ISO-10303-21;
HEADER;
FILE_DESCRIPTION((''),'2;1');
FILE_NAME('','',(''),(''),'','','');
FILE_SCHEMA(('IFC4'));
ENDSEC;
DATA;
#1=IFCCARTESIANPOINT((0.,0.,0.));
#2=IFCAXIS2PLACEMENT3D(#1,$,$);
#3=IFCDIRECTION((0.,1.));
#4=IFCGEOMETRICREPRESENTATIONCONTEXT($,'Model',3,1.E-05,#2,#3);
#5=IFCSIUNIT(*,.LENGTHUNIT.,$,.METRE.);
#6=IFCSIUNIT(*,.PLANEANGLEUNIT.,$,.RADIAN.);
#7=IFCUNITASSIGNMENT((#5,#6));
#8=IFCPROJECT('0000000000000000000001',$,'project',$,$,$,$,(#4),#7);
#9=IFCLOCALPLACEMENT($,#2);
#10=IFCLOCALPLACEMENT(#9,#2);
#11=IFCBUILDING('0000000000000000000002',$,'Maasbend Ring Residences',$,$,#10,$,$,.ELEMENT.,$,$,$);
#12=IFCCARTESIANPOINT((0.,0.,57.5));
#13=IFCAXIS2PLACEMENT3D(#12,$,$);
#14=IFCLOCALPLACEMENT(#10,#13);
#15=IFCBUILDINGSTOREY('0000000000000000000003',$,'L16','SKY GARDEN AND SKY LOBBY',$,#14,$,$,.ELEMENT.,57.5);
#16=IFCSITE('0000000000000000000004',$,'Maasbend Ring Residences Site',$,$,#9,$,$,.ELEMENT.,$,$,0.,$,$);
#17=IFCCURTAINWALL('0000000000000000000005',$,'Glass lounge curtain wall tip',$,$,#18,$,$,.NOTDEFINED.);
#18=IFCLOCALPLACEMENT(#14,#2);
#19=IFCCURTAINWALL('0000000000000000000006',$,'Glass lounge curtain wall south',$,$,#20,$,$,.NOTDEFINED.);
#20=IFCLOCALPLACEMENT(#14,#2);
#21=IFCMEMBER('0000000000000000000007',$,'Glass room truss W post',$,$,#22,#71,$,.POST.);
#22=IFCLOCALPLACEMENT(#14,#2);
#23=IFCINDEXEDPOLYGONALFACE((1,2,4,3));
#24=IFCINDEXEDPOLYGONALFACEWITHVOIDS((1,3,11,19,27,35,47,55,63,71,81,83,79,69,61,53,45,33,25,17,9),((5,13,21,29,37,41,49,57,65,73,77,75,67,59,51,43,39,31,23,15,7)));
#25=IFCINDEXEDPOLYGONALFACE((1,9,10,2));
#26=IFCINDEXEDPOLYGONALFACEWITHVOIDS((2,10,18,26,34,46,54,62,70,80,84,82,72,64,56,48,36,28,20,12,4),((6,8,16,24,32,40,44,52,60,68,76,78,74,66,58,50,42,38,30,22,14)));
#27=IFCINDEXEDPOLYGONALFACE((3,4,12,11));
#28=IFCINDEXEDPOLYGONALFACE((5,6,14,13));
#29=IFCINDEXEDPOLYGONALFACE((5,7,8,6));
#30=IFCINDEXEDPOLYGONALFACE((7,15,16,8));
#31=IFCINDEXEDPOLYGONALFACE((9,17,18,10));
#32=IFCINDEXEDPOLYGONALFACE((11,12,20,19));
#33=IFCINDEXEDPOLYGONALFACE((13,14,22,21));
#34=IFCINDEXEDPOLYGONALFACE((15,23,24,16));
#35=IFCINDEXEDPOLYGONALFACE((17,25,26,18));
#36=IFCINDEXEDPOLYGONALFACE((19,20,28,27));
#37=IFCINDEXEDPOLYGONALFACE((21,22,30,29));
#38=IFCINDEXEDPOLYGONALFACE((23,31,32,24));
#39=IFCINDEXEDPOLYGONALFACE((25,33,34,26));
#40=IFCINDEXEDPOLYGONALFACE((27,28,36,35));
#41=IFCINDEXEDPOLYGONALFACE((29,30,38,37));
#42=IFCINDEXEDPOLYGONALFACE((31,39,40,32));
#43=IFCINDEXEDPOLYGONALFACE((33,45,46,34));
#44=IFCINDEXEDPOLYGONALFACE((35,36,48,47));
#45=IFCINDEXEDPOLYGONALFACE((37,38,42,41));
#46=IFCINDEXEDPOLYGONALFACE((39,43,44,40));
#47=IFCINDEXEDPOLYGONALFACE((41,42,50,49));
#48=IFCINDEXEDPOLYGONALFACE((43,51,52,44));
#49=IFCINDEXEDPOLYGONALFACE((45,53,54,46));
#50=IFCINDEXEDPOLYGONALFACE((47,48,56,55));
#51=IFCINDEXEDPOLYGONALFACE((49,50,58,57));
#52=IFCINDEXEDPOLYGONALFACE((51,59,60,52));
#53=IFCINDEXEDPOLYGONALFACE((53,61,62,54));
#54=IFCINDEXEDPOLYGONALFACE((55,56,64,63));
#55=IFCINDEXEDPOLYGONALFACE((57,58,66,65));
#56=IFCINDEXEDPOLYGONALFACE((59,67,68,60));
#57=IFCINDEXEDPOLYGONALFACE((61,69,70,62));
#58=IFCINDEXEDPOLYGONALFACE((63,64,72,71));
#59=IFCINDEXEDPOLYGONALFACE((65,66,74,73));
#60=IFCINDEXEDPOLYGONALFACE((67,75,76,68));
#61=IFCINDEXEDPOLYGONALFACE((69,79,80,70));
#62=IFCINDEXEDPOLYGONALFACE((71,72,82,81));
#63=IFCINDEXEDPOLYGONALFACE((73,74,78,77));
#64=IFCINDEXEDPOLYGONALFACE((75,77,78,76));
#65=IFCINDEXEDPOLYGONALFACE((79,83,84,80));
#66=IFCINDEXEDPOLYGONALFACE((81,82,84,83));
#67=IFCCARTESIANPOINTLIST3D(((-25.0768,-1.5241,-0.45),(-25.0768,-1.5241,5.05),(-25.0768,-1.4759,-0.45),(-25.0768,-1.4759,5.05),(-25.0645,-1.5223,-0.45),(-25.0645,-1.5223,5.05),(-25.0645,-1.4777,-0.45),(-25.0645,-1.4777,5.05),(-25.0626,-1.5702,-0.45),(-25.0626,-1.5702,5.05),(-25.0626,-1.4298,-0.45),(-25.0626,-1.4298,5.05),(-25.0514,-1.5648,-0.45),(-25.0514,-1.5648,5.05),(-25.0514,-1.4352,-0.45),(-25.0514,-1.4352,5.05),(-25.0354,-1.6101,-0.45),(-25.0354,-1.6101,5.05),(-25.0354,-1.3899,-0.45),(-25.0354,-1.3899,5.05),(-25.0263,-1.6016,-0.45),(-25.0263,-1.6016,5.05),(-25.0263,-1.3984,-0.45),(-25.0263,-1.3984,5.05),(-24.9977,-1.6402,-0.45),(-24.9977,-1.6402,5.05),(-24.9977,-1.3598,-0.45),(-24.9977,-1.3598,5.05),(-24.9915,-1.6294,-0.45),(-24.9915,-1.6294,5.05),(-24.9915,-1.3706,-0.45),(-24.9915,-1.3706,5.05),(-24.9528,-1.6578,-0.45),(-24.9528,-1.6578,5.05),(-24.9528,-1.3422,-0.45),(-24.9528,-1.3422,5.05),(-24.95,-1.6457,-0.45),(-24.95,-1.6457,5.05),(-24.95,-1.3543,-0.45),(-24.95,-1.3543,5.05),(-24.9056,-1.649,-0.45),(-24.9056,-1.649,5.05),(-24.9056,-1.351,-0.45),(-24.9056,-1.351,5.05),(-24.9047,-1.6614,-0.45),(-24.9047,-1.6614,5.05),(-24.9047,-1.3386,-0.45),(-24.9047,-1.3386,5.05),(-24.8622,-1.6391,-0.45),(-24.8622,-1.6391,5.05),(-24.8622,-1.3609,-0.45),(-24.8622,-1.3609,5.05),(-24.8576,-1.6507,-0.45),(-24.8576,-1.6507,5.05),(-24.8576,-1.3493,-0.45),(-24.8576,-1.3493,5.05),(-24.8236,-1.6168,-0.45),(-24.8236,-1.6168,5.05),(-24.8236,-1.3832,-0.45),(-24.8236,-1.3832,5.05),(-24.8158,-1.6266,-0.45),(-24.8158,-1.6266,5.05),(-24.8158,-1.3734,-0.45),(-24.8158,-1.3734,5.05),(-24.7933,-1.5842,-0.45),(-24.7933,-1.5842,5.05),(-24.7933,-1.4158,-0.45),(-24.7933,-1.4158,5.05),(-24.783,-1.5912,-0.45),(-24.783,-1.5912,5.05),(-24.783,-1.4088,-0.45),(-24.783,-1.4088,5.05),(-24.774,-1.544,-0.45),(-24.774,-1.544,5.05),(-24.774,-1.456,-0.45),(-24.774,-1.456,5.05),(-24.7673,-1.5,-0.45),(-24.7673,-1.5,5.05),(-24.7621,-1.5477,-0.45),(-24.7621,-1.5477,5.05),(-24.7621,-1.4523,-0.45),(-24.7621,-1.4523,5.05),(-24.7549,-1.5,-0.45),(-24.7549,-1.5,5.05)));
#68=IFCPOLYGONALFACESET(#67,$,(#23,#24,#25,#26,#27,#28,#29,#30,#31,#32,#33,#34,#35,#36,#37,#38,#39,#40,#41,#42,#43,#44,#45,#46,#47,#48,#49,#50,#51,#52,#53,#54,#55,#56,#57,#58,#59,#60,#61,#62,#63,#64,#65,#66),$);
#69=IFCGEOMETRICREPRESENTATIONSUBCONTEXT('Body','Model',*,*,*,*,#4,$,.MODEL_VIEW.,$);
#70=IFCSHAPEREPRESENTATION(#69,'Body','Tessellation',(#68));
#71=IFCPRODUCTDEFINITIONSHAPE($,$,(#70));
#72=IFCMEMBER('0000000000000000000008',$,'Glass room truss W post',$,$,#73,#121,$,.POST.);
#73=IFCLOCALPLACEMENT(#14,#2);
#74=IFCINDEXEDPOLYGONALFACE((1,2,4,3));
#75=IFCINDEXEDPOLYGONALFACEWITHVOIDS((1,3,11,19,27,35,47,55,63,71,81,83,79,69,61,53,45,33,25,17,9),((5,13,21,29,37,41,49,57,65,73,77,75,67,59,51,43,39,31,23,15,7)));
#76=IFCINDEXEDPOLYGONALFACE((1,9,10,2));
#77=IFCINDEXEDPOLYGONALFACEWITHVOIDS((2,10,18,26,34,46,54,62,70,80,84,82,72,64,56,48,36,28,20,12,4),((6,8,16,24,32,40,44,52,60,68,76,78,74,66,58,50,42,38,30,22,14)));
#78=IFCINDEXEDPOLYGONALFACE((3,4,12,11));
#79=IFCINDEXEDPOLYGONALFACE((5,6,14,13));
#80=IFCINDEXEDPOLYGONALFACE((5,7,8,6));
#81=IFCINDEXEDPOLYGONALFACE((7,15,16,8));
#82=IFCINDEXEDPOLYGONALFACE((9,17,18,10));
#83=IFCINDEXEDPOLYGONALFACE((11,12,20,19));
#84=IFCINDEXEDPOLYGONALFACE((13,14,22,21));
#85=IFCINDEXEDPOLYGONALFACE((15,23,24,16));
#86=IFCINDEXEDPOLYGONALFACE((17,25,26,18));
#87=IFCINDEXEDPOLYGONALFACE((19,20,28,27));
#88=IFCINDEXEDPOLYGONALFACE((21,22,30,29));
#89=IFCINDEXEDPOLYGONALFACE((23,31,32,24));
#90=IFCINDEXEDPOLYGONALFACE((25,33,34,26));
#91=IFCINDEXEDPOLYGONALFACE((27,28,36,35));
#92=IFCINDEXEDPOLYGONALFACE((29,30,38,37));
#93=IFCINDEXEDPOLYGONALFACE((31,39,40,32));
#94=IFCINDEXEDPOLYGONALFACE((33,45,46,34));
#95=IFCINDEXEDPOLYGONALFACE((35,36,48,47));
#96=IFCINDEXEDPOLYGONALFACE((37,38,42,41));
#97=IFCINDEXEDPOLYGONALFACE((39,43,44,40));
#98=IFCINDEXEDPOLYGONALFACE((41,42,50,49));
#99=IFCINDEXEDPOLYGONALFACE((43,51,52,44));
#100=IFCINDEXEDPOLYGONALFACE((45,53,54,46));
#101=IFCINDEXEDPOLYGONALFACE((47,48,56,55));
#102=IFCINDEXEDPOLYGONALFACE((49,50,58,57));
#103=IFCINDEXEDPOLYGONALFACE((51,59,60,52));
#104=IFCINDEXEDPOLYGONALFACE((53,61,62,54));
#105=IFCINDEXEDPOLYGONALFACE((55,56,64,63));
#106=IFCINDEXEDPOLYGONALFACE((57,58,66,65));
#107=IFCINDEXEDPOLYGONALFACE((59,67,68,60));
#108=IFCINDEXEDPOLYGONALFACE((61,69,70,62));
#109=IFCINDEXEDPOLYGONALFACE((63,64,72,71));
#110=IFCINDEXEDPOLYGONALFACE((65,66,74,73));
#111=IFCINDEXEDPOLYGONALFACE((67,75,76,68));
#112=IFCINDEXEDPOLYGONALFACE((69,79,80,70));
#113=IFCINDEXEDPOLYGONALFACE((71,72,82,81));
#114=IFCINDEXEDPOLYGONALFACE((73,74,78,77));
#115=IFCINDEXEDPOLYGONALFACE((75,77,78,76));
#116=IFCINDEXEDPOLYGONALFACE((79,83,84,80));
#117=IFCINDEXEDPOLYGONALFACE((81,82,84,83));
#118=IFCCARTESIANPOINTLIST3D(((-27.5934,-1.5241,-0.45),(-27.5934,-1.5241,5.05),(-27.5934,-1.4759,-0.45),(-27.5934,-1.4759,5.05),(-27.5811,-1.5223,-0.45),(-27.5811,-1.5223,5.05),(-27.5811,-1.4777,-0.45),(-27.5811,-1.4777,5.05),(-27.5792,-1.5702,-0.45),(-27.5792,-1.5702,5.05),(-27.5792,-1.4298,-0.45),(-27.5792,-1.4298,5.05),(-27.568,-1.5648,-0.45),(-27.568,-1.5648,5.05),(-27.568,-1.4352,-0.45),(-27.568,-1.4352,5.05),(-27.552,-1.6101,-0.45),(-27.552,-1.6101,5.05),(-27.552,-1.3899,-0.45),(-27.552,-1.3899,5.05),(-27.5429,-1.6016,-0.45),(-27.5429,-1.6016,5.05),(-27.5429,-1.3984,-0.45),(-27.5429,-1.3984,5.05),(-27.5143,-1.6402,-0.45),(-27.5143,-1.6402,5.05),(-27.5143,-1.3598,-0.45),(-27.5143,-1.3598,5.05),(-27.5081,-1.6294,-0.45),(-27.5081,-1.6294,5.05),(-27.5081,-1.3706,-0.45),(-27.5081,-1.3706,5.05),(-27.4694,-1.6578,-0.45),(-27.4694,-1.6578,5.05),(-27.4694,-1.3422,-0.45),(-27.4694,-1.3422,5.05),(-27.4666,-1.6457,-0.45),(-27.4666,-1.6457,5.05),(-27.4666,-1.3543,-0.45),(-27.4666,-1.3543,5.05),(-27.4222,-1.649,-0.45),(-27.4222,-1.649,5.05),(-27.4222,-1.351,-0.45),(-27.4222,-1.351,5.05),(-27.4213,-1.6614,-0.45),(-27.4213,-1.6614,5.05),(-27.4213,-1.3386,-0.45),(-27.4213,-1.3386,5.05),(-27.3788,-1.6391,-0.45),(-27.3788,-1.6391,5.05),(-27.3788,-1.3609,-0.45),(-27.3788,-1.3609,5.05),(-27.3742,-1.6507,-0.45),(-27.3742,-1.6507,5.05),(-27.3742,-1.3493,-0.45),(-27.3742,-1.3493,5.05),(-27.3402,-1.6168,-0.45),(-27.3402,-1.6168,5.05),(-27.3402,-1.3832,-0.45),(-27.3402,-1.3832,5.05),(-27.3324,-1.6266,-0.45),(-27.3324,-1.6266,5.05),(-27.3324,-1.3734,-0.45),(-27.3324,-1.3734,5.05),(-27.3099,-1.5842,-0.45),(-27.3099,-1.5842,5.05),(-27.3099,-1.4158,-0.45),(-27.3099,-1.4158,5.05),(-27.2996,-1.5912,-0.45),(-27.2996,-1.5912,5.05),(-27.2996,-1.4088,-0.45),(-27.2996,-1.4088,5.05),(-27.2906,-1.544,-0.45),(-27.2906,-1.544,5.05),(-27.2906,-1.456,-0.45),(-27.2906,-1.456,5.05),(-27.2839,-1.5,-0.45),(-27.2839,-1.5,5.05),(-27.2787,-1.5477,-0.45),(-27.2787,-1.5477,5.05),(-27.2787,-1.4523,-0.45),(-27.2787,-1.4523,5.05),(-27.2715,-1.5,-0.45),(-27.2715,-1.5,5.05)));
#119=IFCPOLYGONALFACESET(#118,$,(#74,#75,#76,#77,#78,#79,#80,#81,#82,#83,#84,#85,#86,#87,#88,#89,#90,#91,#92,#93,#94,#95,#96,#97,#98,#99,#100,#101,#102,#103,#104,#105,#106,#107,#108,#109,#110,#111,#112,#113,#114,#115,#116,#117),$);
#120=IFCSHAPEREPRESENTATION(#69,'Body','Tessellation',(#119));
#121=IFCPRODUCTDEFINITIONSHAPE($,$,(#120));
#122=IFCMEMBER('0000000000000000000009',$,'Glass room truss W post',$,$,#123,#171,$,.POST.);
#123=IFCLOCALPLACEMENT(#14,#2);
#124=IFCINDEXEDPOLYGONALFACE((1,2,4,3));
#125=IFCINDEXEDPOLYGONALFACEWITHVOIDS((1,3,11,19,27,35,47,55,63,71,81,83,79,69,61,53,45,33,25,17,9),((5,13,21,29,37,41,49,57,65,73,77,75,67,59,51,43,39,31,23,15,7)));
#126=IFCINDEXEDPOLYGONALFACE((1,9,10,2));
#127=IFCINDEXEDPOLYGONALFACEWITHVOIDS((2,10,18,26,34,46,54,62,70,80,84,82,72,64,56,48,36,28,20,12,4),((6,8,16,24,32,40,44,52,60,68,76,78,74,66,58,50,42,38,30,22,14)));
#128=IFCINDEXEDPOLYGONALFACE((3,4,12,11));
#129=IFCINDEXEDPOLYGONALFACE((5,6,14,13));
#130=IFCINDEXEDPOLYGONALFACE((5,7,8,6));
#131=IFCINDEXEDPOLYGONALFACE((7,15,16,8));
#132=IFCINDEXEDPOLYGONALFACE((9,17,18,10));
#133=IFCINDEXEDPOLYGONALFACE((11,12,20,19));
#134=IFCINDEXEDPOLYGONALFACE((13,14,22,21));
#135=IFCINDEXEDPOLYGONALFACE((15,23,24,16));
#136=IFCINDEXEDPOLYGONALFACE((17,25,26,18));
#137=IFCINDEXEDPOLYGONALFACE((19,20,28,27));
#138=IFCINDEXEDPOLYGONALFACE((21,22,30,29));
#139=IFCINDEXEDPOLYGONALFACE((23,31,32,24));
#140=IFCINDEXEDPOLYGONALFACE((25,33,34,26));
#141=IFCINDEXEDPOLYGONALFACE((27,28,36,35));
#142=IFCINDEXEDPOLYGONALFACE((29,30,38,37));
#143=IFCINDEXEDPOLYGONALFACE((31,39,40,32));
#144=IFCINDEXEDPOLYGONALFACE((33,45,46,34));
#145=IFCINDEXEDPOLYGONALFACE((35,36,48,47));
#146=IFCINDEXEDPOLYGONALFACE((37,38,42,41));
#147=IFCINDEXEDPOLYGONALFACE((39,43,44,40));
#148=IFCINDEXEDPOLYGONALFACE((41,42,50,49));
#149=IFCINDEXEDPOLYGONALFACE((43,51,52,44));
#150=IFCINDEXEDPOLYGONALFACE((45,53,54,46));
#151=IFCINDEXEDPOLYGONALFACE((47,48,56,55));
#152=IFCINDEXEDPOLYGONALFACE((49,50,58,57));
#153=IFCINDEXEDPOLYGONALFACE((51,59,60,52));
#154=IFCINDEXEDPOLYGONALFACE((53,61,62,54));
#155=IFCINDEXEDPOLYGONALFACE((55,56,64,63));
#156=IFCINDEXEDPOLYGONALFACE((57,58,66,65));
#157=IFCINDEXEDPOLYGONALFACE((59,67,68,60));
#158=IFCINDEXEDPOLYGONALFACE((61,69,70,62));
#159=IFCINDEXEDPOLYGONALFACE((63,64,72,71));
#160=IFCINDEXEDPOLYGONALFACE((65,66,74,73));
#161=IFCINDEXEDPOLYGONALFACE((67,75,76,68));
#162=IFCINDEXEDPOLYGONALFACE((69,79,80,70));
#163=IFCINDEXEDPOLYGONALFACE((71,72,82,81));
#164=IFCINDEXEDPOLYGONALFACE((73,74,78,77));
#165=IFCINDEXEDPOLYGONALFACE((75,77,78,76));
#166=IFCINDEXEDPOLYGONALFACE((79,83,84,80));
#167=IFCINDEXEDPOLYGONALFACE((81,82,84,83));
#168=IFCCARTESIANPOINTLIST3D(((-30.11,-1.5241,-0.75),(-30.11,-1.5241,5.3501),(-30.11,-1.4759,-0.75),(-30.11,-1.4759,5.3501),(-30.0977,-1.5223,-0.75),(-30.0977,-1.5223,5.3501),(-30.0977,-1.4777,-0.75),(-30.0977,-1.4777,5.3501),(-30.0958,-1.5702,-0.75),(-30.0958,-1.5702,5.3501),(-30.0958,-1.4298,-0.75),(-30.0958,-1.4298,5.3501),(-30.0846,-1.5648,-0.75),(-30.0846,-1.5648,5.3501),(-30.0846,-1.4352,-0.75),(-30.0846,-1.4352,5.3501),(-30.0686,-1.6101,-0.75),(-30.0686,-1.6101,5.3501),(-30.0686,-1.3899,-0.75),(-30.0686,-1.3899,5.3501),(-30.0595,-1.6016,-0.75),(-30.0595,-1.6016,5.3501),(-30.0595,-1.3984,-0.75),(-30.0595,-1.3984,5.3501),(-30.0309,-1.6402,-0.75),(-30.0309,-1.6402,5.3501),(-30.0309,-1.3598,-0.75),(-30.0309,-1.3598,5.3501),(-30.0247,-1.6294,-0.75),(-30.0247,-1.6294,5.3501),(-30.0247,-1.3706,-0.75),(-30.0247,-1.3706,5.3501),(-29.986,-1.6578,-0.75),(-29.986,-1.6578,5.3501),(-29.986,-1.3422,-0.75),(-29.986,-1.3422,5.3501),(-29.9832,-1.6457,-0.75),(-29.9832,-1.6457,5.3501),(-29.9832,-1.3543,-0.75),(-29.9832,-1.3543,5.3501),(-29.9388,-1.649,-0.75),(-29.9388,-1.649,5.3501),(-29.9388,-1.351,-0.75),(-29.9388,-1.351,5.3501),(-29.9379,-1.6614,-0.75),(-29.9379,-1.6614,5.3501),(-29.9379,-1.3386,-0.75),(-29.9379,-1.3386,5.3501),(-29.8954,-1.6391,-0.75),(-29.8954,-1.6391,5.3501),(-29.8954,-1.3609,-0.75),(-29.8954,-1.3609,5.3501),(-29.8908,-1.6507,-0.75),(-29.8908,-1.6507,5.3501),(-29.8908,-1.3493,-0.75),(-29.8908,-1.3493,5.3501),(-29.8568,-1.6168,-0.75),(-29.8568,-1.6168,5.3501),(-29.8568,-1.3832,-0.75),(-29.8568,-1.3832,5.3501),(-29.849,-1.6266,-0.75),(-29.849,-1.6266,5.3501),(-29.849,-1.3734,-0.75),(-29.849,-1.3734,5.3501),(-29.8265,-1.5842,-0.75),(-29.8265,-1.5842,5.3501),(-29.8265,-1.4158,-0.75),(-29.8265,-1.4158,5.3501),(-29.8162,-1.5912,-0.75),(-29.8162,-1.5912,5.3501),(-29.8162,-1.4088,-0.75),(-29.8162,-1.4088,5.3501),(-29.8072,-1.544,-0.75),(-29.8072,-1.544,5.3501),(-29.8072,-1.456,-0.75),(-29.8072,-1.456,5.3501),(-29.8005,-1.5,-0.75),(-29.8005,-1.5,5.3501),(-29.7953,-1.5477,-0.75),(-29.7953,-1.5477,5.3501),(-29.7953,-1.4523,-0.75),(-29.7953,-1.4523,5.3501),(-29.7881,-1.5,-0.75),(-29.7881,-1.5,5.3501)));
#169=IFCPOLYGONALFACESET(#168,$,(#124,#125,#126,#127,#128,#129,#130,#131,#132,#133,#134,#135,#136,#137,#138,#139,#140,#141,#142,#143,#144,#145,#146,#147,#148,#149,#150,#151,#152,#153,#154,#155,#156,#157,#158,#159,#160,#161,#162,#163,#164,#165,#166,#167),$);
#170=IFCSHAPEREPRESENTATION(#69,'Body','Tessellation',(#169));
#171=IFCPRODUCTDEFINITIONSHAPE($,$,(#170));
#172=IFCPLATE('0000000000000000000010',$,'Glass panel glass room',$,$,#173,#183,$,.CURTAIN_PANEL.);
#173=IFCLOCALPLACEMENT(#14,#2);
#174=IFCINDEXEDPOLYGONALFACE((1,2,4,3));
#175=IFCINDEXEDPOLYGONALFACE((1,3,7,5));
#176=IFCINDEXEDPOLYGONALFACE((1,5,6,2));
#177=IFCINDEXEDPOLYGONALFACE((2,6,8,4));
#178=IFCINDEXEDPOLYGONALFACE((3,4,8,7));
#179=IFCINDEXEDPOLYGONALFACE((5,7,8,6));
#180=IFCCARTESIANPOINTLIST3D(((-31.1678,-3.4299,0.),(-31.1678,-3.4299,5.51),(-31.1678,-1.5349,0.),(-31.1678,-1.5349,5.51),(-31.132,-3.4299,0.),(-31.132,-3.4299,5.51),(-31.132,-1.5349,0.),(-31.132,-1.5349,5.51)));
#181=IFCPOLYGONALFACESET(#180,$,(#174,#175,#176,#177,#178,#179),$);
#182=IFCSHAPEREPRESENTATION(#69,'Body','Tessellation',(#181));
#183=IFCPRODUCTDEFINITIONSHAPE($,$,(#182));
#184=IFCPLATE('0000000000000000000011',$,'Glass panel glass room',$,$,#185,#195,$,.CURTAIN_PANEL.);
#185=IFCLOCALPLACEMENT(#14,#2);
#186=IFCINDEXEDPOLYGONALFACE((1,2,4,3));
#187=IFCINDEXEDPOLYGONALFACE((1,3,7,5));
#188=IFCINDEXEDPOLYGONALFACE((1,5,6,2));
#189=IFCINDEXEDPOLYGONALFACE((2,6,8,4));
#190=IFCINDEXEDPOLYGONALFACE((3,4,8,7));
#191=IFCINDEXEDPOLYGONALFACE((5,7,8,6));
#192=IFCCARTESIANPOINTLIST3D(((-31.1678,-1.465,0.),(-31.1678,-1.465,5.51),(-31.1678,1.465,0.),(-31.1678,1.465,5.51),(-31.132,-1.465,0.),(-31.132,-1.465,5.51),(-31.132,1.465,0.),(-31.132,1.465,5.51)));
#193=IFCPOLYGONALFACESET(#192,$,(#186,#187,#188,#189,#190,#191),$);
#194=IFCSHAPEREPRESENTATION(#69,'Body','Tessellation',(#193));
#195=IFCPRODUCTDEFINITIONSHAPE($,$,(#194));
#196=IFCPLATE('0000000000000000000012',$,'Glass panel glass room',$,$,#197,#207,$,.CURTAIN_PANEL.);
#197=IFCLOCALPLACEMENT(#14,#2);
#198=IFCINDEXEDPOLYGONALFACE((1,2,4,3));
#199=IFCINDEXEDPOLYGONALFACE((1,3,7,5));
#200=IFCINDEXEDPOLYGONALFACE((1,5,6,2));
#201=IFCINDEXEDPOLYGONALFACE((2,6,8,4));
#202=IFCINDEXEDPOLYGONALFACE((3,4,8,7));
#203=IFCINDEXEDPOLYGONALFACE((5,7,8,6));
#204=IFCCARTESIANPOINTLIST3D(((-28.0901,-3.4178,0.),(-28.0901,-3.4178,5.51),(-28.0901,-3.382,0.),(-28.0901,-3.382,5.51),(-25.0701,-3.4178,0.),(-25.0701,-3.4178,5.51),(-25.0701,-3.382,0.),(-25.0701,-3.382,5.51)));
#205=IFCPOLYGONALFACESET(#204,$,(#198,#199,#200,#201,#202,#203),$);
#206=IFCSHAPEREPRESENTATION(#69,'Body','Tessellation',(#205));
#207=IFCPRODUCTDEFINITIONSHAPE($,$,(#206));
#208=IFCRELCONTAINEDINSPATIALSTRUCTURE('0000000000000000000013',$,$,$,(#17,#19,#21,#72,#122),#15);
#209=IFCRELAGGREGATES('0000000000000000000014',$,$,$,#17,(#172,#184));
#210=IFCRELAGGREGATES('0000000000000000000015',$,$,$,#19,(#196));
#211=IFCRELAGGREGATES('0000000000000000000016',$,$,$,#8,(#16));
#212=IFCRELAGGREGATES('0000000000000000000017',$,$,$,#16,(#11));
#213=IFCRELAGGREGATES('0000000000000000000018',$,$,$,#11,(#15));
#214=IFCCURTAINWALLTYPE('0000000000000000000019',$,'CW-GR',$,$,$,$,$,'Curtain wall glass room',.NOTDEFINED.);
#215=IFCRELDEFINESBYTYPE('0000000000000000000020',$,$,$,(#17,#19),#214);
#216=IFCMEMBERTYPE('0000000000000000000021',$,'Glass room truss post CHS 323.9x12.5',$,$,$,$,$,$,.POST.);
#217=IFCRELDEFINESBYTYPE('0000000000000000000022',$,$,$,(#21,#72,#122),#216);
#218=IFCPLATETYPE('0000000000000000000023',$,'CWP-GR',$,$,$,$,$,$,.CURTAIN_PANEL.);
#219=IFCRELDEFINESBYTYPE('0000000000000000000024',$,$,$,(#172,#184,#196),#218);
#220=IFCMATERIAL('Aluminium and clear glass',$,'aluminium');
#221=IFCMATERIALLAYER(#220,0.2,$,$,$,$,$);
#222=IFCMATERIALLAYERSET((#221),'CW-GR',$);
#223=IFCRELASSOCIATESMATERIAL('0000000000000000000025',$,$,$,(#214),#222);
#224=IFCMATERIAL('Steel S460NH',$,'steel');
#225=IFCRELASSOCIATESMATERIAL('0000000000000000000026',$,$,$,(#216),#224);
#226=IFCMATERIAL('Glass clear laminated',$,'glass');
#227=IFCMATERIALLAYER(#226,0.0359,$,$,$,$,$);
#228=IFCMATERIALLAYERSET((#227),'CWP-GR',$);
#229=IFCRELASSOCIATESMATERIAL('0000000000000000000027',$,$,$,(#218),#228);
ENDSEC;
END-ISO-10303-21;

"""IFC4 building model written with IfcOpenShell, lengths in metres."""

from ifc_helpers import new_model, si_unit, direction, frame, origin, origin_2d, place, context, subcontext, project, spatial, rectangle, hollow_circle, extrude, material, layer, layer_set, material_profile, profile_set, type_object, element, aggregate, save


model = new_model("IFC4")

# Units and contexts
model_context = context("Model", 3, precision=1e-05, world=origin(), true_north=direction((0.0, 1.0)))
body_context = subcontext(model_context, "Body", "Model", "MODEL_VIEW")
ifc_project = project(units=[si_unit("LENGTHUNIT", "METRE"), si_unit("PLANEANGLEUNIT", "RADIAN")], contexts=[model_context])

# Site, building, storey
site_placement = place(None, origin())
site = spatial("IfcSite", under=ifc_project, at=site_placement, Name="Maasbend Ring Residences Site", CompositionType="ELEMENT", RefElevation=0.0)
building_placement = place(site_placement, origin())
building = spatial("IfcBuilding", under=site, at=building_placement, Name="Maasbend Ring Residences", CompositionType="ELEMENT")
storey_placement = place(building_placement, frame((0.0, 0.0, 57.5)))
storey = spatial("IfcBuildingStorey", under=building, at=storey_placement, Name="L16", Description="SKY GARDEN AND SKY LOBBY", CompositionType="ELEMENT", Elevation=57.5)

# Curtain wall
ifc_material_1 = material(Name="Aluminium and clear glass", Category="aluminium")
ifc_layer_1 = layer(ifc_material_1, 0.2)
ifc_layer_set_1 = layer_set([ifc_layer_1], Name="CW-GR")
curtain_wall_type = type_object("IfcCurtainWallType", Name="CW-GR", ElementType="Curtain wall glass room", PredefinedType="NOTDEFINED", material=ifc_layer_set_1)
curtain_wall_1_placement = place(storey_placement, origin())
curtain_wall_1 = element("IfcCurtainWall", 1, at=curtain_wall_1_placement, inside=storey, type_object=curtain_wall_type, Name="Glass lounge curtain wall tip", PredefinedType="NOTDEFINED")

# Curtain wall
curtain_wall_2_placement = place(storey_placement, origin())
curtain_wall_2 = element("IfcCurtainWall", 2, at=curtain_wall_2_placement, inside=storey, type_object=curtain_wall_type, Name="Glass lounge curtain wall south", PredefinedType="NOTDEFINED")

# Members
ifc_material_2 = material(Name="Steel S460NH", Category="steel")
ifc_material_profile_1 = material_profile(ifc_material_2, hollow_circle(Radius=0.1619, WallThickness=0.0125, at=origin_2d()), Name="Glass room truss post CHS 323.9x12.5")
ifc_profile_set_1 = profile_set([ifc_material_profile_1], Name="Steel S460NH")
member_type_1 = type_object("IfcMemberType", Name="Glass room truss post CHS 323.9x12.5", PredefinedType="POST", material=ifc_profile_set_1)
for number, where, z_axis, x_axis, name in (
    (3, (-24.9167, -1.5, -0.45), (0.0, 0.0, 1.0), (1.0, 0.0, 0.0), "Glass room truss W post"),
    (4, (-27.4333, -1.5, -0.45), (0.0, 0.0, 1.0), (1.0, 0.0, 0.0), "Glass room truss W post"),
):
    element("IfcMember", number, at=place(storey_placement, frame(where, z_axis=z_axis, x_axis=x_axis)), inside=storey, type_object=member_type_1, Name=name, PredefinedType="POST", context=body_context, shape_type="SweptSolid", body=[
        extrude(hollow_circle(Radius=0.1619, WallThickness=0.0125, at=origin_2d()), origin(), (0.0, 0.0, 1.0), 5.5),
    ])
member_1_placement = place(storey_placement, frame((-29.95, -1.5, -0.75), z_axis=(0.0, 0.0, 1.0), x_axis=(1.0, 0.0, 0.0)))
element("IfcMember", 5, at=member_1_placement, inside=storey, type_object=member_type_1, Name="Glass room truss W post", PredefinedType="POST", context=body_context, shape_type="SweptSolid", body=[
    extrude(hollow_circle(Radius=0.1619, WallThickness=0.0125, at=origin_2d()), origin(), (0.0, 0.0, 1.0), 6.1001),
])

# Plates
ifc_material_3 = material(Name="Glass clear laminated", Category="glass")
ifc_layer_2 = layer(ifc_material_3, 0.0359)
ifc_layer_set_2 = layer_set([ifc_layer_2], Name="CWP-GR")
plate_type = type_object("IfcPlateType", Name="CWP-GR", PredefinedType="CURTAIN_PANEL", material=ifc_layer_set_2)
plate_1_placement = place(storey_placement, frame((-31.1499, -2.4824, 0.0), z_axis=(0.0, 0.0, 1.0), x_axis=(0.0, 1.0, 0.0)))
plate_1 = element("IfcPlate", 6, at=plate_1_placement, type_object=plate_type, Name="Glass panel glass room", PredefinedType="CURTAIN_PANEL", context=body_context, shape_type="SweptSolid", body=[
    extrude(rectangle(XDim=1.895, YDim=0.0359, at=origin_2d()), origin(), (0.0, 0.0, 1.0), 5.51),
])
plate_2_placement = place(storey_placement, frame((-31.1499, 0.0, 0.0), z_axis=(0.0, 0.0, 1.0), x_axis=(0.0, 1.0, 0.0)))
plate_2 = element("IfcPlate", 7, at=plate_2_placement, type_object=plate_type, Name="Glass panel glass room", PredefinedType="CURTAIN_PANEL", context=body_context, shape_type="SweptSolid", body=[
    extrude(rectangle(XDim=2.9299, YDim=0.0359, at=origin_2d()), origin(), (0.0, 0.0, 1.0), 5.51),
])
aggregate(curtain_wall_1, [plate_1, plate_2])
plate_3_placement = place(storey_placement, frame((-26.5801, -3.3999, 0.0), z_axis=(0.0, 0.0, 1.0), x_axis=(-1.0, 0.0, 0.0)))
plate_3 = element("IfcPlate", 8, at=plate_3_placement, type_object=plate_type, Name="Glass panel glass room", PredefinedType="CURTAIN_PANEL", context=body_context, shape_type="SweptSolid", body=[
    extrude(rectangle(XDim=3.02, YDim=0.0359, at=origin_2d()), origin(), (0.0, 0.0, 1.0), 5.51),
])
aggregate(curtain_wall_2, [plate_3])

save(model, "model.ifc")
